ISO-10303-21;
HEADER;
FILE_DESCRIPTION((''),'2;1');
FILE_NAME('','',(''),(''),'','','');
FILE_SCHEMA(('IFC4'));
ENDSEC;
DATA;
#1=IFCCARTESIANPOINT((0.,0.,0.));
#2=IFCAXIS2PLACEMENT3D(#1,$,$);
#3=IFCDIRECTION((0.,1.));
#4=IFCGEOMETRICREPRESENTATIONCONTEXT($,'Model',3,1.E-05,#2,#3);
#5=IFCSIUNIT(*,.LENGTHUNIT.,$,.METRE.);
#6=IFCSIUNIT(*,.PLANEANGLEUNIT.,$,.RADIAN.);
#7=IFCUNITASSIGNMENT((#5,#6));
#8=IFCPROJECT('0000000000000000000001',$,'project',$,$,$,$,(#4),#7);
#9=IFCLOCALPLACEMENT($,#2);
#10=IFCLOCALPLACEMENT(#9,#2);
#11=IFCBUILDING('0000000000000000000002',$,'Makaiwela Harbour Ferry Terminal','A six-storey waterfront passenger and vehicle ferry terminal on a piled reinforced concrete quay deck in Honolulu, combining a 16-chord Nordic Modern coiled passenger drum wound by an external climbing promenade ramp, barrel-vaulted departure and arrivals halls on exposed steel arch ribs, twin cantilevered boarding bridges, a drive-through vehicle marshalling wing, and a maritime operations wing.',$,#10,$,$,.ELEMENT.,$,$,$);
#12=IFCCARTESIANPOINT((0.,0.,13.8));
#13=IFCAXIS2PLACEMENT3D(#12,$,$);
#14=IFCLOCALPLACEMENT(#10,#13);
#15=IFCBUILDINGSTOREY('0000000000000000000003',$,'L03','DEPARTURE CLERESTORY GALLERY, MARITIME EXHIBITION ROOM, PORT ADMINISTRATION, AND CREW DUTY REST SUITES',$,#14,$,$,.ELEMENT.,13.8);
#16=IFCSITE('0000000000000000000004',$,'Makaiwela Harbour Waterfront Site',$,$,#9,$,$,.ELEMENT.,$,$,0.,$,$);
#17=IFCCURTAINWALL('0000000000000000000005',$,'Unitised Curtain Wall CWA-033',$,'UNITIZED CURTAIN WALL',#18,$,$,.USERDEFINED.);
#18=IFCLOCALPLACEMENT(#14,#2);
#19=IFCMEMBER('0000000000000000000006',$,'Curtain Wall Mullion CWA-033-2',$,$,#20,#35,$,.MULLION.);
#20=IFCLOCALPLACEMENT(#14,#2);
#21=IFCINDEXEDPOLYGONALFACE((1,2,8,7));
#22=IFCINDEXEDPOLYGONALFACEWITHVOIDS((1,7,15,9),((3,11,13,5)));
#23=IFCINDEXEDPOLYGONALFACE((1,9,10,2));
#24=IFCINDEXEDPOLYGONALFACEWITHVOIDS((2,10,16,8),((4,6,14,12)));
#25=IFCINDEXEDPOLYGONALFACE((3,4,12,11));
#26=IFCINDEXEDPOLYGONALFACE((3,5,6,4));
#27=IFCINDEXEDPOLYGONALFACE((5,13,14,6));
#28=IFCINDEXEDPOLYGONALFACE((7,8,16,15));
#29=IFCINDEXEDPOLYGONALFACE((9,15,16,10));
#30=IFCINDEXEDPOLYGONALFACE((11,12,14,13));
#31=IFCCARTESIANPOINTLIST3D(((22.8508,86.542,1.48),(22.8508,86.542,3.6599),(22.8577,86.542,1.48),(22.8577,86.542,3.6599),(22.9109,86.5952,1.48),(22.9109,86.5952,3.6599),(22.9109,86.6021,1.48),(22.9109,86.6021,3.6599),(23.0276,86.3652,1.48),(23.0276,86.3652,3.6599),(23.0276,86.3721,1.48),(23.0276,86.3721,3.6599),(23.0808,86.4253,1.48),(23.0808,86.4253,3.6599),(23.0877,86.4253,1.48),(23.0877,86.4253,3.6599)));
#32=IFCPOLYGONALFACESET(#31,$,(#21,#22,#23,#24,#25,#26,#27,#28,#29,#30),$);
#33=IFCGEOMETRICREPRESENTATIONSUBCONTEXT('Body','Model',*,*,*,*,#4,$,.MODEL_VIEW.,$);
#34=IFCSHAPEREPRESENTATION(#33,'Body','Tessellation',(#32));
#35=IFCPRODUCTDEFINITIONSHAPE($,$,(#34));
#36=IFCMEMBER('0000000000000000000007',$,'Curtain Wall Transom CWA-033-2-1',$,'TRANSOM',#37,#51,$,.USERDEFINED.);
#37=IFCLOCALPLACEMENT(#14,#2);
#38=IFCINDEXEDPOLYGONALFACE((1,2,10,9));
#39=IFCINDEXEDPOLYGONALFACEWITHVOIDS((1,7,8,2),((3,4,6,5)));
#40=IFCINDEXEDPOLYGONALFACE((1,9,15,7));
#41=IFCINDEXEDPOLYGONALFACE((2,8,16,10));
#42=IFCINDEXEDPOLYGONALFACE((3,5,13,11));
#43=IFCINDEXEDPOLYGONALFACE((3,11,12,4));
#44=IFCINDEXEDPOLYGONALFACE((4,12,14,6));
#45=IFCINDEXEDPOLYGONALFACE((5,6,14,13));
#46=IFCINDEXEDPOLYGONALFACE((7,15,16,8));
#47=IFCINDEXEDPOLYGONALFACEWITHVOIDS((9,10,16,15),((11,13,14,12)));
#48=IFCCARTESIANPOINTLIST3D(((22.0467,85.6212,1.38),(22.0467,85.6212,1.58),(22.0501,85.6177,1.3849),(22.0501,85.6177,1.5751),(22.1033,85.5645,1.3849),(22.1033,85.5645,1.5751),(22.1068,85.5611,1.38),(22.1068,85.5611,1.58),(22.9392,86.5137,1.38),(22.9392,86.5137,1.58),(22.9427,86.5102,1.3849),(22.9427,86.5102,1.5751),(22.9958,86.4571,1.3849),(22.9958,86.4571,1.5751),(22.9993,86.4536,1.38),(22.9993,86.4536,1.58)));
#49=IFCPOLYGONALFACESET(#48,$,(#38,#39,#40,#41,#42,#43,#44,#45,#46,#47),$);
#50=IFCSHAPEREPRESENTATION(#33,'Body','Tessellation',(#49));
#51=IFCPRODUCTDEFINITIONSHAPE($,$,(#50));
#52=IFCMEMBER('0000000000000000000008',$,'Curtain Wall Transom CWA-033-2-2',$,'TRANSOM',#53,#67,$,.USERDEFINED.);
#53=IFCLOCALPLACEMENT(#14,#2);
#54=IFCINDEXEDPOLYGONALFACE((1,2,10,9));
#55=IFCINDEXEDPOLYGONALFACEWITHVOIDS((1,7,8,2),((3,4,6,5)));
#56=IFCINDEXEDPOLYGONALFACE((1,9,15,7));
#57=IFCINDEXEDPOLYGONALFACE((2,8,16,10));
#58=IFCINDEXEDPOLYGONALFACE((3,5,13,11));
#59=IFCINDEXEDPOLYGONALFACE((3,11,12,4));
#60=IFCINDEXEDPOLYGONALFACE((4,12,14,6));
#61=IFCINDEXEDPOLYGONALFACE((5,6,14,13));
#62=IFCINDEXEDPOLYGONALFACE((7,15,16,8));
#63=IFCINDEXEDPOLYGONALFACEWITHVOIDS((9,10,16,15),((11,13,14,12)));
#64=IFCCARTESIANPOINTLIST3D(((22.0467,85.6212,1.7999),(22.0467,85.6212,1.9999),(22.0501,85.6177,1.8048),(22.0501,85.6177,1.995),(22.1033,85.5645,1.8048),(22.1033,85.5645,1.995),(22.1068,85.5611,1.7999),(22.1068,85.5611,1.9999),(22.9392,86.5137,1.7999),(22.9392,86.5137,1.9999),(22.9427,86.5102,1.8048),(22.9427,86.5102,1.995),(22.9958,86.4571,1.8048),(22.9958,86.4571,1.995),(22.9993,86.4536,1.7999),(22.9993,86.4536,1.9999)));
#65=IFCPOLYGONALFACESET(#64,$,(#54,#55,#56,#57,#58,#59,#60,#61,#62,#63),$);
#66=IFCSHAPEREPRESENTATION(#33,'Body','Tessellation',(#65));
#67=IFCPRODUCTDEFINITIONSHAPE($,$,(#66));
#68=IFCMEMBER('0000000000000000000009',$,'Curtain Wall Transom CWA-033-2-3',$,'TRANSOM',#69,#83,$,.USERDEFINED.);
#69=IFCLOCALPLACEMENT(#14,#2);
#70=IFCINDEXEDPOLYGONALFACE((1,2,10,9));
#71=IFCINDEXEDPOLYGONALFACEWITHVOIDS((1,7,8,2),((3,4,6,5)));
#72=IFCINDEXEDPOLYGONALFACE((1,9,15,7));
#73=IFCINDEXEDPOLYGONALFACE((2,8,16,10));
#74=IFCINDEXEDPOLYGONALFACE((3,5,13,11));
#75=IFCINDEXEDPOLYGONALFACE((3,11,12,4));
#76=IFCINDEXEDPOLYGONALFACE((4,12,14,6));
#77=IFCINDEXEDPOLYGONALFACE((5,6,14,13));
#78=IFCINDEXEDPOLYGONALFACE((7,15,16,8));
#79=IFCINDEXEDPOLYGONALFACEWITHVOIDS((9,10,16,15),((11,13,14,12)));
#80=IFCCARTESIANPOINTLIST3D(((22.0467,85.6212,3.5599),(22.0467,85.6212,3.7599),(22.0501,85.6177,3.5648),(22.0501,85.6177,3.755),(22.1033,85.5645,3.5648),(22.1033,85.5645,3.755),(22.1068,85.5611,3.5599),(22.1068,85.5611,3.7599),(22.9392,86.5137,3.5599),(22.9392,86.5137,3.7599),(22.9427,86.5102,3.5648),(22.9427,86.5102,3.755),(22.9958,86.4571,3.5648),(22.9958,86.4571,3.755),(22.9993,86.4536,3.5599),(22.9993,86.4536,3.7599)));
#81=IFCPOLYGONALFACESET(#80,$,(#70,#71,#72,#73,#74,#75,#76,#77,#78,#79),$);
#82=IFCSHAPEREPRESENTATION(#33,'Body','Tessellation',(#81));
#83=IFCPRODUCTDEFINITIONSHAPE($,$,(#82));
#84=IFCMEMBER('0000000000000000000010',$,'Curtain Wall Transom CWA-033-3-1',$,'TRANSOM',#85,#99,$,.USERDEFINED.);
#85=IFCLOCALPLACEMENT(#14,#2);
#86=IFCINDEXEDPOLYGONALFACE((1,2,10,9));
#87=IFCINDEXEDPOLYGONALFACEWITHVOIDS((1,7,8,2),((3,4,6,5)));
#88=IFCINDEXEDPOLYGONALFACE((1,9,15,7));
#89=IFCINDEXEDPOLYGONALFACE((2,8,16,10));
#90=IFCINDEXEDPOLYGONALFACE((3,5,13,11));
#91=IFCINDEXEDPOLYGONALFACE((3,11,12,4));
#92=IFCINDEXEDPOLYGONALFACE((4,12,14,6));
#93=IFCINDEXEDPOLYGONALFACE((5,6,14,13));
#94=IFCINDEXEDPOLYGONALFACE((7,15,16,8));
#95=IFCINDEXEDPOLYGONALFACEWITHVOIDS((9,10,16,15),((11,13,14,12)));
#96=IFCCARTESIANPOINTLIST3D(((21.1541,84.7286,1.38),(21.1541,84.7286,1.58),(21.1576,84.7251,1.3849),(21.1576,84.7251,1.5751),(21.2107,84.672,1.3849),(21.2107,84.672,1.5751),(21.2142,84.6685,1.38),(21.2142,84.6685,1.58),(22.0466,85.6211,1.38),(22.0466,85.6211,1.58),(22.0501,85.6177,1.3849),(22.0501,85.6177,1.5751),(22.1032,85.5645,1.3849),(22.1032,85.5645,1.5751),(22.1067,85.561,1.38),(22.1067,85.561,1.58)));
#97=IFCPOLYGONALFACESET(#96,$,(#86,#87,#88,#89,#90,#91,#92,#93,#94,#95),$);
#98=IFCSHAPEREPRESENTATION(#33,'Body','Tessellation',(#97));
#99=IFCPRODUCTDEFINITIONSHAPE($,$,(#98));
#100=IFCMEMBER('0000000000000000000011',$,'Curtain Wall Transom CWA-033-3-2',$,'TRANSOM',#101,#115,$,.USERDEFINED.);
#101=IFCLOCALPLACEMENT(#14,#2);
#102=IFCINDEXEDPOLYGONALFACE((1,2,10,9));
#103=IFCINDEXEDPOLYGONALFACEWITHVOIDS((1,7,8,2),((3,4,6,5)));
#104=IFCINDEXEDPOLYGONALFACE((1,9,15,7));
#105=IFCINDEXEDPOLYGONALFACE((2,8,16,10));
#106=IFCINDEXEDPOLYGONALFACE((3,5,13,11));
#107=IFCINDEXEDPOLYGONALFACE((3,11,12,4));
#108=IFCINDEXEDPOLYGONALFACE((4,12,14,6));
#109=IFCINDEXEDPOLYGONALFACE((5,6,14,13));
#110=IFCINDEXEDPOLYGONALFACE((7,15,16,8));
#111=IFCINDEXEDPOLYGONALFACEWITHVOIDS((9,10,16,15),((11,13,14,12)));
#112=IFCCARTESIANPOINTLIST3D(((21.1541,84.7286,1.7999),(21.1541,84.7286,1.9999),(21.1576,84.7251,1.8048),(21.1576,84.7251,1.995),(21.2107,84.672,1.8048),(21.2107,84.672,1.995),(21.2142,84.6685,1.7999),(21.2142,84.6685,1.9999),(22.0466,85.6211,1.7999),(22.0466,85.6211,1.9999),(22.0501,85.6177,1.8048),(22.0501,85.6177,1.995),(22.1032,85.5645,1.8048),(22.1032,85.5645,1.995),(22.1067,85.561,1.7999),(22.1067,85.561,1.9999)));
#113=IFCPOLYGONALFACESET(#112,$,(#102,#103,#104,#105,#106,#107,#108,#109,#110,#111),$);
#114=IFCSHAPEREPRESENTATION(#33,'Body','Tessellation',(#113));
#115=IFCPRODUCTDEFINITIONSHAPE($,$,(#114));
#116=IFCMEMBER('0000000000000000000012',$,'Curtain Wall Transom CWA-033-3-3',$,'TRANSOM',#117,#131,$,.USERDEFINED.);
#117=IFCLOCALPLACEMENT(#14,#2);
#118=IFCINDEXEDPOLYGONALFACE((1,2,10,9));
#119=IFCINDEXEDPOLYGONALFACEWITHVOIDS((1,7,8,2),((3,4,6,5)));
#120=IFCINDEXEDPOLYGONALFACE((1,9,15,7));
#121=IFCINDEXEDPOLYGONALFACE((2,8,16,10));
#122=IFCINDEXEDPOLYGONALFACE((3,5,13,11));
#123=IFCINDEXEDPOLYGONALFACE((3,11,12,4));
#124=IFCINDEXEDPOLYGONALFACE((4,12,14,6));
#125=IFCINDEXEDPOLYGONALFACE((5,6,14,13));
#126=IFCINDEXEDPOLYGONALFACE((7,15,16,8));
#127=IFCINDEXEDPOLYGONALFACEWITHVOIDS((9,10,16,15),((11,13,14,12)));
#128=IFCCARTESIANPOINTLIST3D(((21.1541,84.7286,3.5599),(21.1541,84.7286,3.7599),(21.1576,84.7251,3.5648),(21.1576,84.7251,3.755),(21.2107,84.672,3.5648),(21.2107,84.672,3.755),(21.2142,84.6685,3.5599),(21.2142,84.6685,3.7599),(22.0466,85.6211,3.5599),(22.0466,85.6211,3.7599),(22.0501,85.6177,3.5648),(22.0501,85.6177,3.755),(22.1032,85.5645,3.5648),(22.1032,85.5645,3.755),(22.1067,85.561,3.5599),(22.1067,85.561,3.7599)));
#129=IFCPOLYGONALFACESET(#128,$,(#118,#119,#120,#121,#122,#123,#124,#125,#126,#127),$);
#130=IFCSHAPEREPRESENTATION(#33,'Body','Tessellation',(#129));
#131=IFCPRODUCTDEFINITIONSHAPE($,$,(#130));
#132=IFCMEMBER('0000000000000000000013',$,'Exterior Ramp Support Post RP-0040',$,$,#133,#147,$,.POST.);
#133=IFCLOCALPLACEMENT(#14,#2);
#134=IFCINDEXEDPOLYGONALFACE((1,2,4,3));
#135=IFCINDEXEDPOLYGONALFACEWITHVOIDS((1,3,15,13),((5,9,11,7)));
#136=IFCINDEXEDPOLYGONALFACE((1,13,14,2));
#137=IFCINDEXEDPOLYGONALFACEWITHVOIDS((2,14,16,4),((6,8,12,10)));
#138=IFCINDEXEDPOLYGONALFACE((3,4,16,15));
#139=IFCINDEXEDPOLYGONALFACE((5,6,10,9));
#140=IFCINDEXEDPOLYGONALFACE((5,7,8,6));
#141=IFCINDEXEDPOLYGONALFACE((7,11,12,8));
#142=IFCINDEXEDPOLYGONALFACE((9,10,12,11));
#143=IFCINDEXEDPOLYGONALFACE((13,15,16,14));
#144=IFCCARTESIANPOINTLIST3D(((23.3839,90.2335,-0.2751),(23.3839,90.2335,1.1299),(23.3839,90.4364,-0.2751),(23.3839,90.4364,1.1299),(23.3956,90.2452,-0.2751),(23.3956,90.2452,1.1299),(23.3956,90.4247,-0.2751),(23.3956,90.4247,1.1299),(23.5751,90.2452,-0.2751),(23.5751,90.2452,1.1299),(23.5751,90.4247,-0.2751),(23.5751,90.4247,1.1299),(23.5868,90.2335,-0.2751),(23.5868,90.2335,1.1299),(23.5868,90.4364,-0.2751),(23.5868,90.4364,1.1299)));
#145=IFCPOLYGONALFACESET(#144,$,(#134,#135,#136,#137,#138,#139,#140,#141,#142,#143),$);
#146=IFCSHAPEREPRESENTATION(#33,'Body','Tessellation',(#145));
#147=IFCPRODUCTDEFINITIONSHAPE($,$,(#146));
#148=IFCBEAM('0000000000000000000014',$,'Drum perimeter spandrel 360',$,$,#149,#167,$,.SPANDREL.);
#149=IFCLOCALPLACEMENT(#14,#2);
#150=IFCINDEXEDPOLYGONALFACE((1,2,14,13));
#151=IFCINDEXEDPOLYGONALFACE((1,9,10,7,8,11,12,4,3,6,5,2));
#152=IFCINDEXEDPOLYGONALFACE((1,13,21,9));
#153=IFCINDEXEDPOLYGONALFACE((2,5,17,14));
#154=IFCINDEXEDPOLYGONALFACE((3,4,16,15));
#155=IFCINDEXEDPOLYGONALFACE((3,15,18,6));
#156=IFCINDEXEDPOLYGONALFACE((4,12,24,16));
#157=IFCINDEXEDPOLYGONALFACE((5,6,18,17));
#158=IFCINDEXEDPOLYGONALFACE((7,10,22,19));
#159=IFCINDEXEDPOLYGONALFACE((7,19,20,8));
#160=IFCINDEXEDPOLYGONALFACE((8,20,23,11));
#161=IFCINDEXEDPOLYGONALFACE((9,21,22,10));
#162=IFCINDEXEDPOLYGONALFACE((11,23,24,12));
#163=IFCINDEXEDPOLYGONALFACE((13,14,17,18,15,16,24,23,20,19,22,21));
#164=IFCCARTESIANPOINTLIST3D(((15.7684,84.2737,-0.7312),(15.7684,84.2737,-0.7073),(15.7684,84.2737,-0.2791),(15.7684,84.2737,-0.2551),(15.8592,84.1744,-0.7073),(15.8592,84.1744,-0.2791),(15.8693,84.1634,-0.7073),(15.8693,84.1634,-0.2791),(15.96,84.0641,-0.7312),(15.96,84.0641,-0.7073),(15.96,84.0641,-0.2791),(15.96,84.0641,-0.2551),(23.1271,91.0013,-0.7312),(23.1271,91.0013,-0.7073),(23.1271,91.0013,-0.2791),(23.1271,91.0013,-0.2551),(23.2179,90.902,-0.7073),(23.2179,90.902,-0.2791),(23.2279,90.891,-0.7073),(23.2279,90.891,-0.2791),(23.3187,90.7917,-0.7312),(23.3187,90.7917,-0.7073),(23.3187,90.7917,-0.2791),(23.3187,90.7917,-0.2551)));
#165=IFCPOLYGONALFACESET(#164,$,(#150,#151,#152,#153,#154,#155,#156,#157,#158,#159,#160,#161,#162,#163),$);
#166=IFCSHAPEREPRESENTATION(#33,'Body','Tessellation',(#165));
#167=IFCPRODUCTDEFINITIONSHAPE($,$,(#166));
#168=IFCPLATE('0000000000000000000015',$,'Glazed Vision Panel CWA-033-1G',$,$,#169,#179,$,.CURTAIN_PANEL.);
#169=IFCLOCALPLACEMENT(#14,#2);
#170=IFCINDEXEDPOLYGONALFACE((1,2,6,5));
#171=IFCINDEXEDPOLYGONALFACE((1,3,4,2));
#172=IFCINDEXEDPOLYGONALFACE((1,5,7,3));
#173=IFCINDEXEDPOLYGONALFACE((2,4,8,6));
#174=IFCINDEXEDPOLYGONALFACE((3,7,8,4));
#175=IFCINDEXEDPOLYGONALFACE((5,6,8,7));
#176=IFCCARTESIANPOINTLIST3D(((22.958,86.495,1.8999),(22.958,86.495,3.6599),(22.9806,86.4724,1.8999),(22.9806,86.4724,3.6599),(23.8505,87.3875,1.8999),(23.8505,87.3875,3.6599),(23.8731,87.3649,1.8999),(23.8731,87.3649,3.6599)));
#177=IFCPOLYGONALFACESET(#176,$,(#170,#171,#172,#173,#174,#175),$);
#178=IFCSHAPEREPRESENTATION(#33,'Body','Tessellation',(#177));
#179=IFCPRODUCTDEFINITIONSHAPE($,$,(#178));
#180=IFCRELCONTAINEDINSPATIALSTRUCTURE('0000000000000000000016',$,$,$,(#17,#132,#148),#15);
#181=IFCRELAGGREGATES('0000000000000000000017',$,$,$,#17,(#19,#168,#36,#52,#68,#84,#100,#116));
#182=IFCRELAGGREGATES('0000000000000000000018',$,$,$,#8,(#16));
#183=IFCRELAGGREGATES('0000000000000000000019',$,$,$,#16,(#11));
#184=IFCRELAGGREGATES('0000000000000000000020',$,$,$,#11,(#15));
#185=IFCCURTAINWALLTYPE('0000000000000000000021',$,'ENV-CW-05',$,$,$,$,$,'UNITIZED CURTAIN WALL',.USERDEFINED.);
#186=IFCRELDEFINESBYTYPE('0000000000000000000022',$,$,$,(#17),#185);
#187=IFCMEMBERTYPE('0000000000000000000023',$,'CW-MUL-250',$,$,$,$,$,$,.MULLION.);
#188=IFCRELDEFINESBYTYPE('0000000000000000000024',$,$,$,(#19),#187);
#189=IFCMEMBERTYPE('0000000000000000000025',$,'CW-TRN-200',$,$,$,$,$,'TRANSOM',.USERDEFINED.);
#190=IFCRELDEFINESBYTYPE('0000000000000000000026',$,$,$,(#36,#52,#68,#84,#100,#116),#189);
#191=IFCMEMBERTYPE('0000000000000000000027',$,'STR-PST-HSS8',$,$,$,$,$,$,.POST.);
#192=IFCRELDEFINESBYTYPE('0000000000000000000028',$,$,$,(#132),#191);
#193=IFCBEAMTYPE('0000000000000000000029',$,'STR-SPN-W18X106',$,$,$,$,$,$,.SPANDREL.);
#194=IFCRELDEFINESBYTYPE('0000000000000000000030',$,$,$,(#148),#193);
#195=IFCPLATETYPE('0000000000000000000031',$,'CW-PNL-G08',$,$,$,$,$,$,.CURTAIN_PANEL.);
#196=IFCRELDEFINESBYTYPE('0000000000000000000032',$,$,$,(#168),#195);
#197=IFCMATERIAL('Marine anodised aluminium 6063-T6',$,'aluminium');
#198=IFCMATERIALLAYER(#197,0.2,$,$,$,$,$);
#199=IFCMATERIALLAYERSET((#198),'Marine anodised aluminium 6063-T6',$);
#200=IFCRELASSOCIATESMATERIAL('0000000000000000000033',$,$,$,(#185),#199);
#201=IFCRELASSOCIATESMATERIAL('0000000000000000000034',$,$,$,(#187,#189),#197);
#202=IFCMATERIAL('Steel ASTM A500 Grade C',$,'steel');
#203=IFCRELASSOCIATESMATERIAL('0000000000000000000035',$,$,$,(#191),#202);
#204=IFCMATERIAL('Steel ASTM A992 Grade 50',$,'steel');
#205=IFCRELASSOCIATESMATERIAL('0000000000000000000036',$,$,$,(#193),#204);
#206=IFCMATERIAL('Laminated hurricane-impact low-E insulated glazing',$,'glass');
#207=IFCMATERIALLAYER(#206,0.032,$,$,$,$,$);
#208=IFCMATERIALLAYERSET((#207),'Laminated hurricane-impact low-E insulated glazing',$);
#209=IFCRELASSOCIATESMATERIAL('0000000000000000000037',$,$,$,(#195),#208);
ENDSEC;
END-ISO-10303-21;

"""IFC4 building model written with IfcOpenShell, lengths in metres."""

from ifc_helpers import new_model, si_unit, direction, frame, origin, origin_2d, place, context, subcontext, project, spatial, rectangle, hollow_rectangle, i_section, extrude, material, layer, layer_set, material_profile, profile_set, type_object, element, aggregate, save


model = new_model("IFC4")

# Units and contexts
model_context = context("Model", 3, precision=1e-05, world=origin(), true_north=direction((0.0, 1.0)))
body_context = subcontext(model_context, "Body", "Model", "MODEL_VIEW")
ifc_project = project(units=[si_unit("LENGTHUNIT", "METRE"), si_unit("PLANEANGLEUNIT", "RADIAN")], contexts=[model_context])

# Site, building, storey
site_placement = place(None, origin())
site = spatial("IfcSite", under=ifc_project, at=site_placement, Name="Makaiwela Harbour Waterfront Site", CompositionType="ELEMENT", RefElevation=0.0)
building_placement = place(site_placement, origin())
building = spatial("IfcBuilding", under=site, at=building_placement, Name="Makaiwela Harbour Ferry Terminal", Description="A six-storey waterfront passenger and vehicle ferry terminal on a piled reinforced concrete quay deck in Honolulu, combining a 16-chord Nordic Modern coiled passenger drum wound by an external climbing promenade ramp, barrel-vaulted departure and arrivals halls on exposed steel arch ribs, twin cantilevered boarding bridges, a drive-through vehicle marshalling wing, and a maritime operations wing.", CompositionType="ELEMENT")
storey_placement = place(building_placement, frame((0.0, 0.0, 13.8)))
storey = spatial("IfcBuildingStorey", under=building, at=storey_placement, Name="L03", Description="DEPARTURE CLERESTORY GALLERY, MARITIME EXHIBITION ROOM, PORT ADMINISTRATION, AND CREW DUTY REST SUITES", CompositionType="ELEMENT", Elevation=13.8)

# Curtain wall, members
ifc_material_1 = material(Name="Marine anodised aluminium 6063-T6", Category="aluminium")
ifc_layer_1 = layer(ifc_material_1, 0.2)
ifc_layer_set_1 = layer_set([ifc_layer_1], Name="Marine anodised aluminium 6063-T6")
curtain_wall_type = type_object("IfcCurtainWallType", Name="ENV-CW-05", ElementType="UNITIZED CURTAIN WALL", PredefinedType="USERDEFINED", material=ifc_layer_set_1)
curtain_wall_placement = place(storey_placement, origin())
curtain_wall = element("IfcCurtainWall", 1, at=curtain_wall_placement, inside=storey, type_object=curtain_wall_type, Name="Unitised Curtain Wall CWA-033", ObjectType="UNITIZED CURTAIN WALL", PredefinedType="USERDEFINED")
ifc_material_profile_1 = material_profile(ifc_material_1, hollow_rectangle(XDim=0.085, YDim=0.25, WallThickness=0.0049, at=origin_2d()), Name="CWM-250X85")
ifc_profile_set_1 = profile_set([ifc_material_profile_1], Name="Marine anodised aluminium 6063-T6")
member_type_1 = type_object("IfcMemberType", Name="CW-MUL-250", PredefinedType="MULLION", material=ifc_profile_set_1)
member_1_placement = place(storey_placement, frame((22.9692, 86.4836, 1.48), z_axis=(0.0, 0.0, 1.0), x_axis=(0.707107, 0.707107, 0.0)))
member_1 = element("IfcMember", 2, at=member_1_placement, type_object=member_type_1, Name="Curtain Wall Mullion CWA-033-2", PredefinedType="MULLION", context=body_context, shape_type="SweptSolid", body=[
    extrude(hollow_rectangle(XDim=0.085, YDim=0.25, WallThickness=0.0049, at=origin_2d()), origin(), (0.0, 0.0, 1.0), 2.1799),
])
ifc_material_profile_2 = material_profile(ifc_material_1, hollow_rectangle(XDim=0.085, YDim=0.2, WallThickness=0.0049, at=origin_2d()), Name="CWT-200X85")
ifc_profile_set_2 = profile_set([ifc_material_profile_2], Name="Marine anodised aluminium 6063-T6")
member_type_2 = type_object("IfcMemberType", Name="CW-TRN-200", ElementType="TRANSOM", PredefinedType="USERDEFINED", material=ifc_profile_set_2)
member_2_placement = place(storey_placement, frame((22.9692, 86.4836, 1.48), z_axis=(-0.707107, -0.707107, 0.0), x_axis=(0.707107, -0.707107, 0.0)))
member_2 = element("IfcMember", 3, at=member_2_placement, type_object=member_type_2, Name="Curtain Wall Transom CWA-033-2-1", ObjectType="TRANSOM", PredefinedType="USERDEFINED", context=body_context, shape_type="SweptSolid", body=[
    extrude(hollow_rectangle(XDim=0.085, YDim=0.2, WallThickness=0.0049, at=origin_2d()), origin(), (0.0, 0.0, 1.0), 1.2622),
])
member_3_placement = place(storey_placement, frame((22.9692, 86.4836, 1.8999), z_axis=(-0.707107, -0.707107, 0.0), x_axis=(0.707107, -0.707107, 0.0)))
member_3 = element("IfcMember", 4, at=member_3_placement, type_object=member_type_2, Name="Curtain Wall Transom CWA-033-2-2", ObjectType="TRANSOM", PredefinedType="USERDEFINED", context=body_context, shape_type="SweptSolid", body=[
    extrude(hollow_rectangle(XDim=0.085, YDim=0.2, WallThickness=0.0049, at=origin_2d()), origin(), (0.0, 0.0, 1.0), 1.2622),
])
member_4_placement = place(storey_placement, frame((22.9692, 86.4836, 3.6599), z_axis=(-0.707107, -0.707107, 0.0), x_axis=(0.707107, -0.707107, 0.0)))
member_4 = element("IfcMember", 5, at=member_4_placement, type_object=member_type_2, Name="Curtain Wall Transom CWA-033-2-3", ObjectType="TRANSOM", PredefinedType="USERDEFINED", context=body_context, shape_type="SweptSolid", body=[
    extrude(hollow_rectangle(XDim=0.085, YDim=0.2, WallThickness=0.0049, at=origin_2d()), origin(), (0.0, 0.0, 1.0), 1.2622),
])
member_5_placement = place(storey_placement, frame((22.0767, 85.5911, 1.48), z_axis=(-0.707107, -0.707107, 0.0), x_axis=(0.707107, -0.707107, 0.0)))
member_5 = element("IfcMember", 6, at=member_5_placement, type_object=member_type_2, Name="Curtain Wall Transom CWA-033-3-1", ObjectType="TRANSOM", PredefinedType="USERDEFINED", context=body_context, shape_type="SweptSolid", body=[
    extrude(hollow_rectangle(XDim=0.085, YDim=0.2, WallThickness=0.0049, at=origin_2d()), origin(), (0.0, 0.0, 1.0), 1.2622),
])
member_6_placement = place(storey_placement, frame((22.0767, 85.5911, 1.8999), z_axis=(-0.707107, -0.707107, 0.0), x_axis=(0.707107, -0.707107, 0.0)))
member_6 = element("IfcMember", 7, at=member_6_placement, type_object=member_type_2, Name="Curtain Wall Transom CWA-033-3-2", ObjectType="TRANSOM", PredefinedType="USERDEFINED", context=body_context, shape_type="SweptSolid", body=[
    extrude(hollow_rectangle(XDim=0.085, YDim=0.2, WallThickness=0.0049, at=origin_2d()), origin(), (0.0, 0.0, 1.0), 1.2622),
])
member_7_placement = place(storey_placement, frame((22.0767, 85.5911, 3.6599), z_axis=(-0.707107, -0.707107, 0.0), x_axis=(0.707107, -0.707107, 0.0)))
member_7 = element("IfcMember", 8, at=member_7_placement, type_object=member_type_2, Name="Curtain Wall Transom CWA-033-3-3", ObjectType="TRANSOM", PredefinedType="USERDEFINED", context=body_context, shape_type="SweptSolid", body=[
    extrude(hollow_rectangle(XDim=0.085, YDim=0.2, WallThickness=0.0049, at=origin_2d()), origin(), (0.0, 0.0, 1.0), 1.2622),
])

# Member
ifc_material_2 = material(Name="Steel ASTM A500 Grade C", Category="steel")
ifc_material_profile_3 = material_profile(ifc_material_2, hollow_rectangle(XDim=0.2029, YDim=0.2029, WallThickness=0.0117, at=origin_2d()), Name="HSS8X8X1/2")
ifc_profile_set_3 = profile_set([ifc_material_profile_3], Name="Steel ASTM A500 Grade C")
member_type_3 = type_object("IfcMemberType", Name="STR-PST-HSS8", PredefinedType="POST", material=ifc_profile_set_3)
member_8_placement = place(storey_placement, frame((23.4854, 90.335, -0.2751), z_axis=(0.0, 0.0, 1.0), x_axis=(1.0, 0.0, 0.0)))
element("IfcMember", 9, at=member_8_placement, inside=storey, type_object=member_type_3, Name="Exterior Ramp Support Post RP-0040", PredefinedType="POST", context=body_context, shape_type="SweptSolid", body=[
    extrude(hollow_rectangle(XDim=0.2029, YDim=0.2029, WallThickness=0.0117, at=origin_2d()), origin(), (0.0, 0.0, 1.0), 1.405),
])

# Beam
ifc_material_3 = material(Name="Steel ASTM A992 Grade 50", Category="steel")
ifc_material_profile_4 = material_profile(ifc_material_3, i_section(OverallWidth=0.2839, OverallDepth=0.4761, WebThickness=0.0149, FlangeThickness=0.0239, at=origin_2d()), Name="W18X106")
ifc_profile_set_4 = profile_set([ifc_material_profile_4], Name="Steel ASTM A992 Grade 50")
beam_type = type_object("IfcBeamType", Name="STR-SPN-W18X106", PredefinedType="SPANDREL", material=ifc_profile_set_4)
beam_placement = place(storey_placement, frame((23.2229, 90.8965, -0.4932), z_axis=(-0.738047, -0.674749, 0.0), x_axis=(0.674749, -0.738047, 0.0)))
element("IfcBeam", 10, at=beam_placement, inside=storey, type_object=beam_type, Name="Drum perimeter spandrel 360", PredefinedType="SPANDREL", context=body_context, shape_type="SweptSolid", body=[
    extrude(i_section(OverallWidth=0.2839, OverallDepth=0.4761, WebThickness=0.0149, FlangeThickness=0.0239, at=origin_2d()), origin(), (0.0, 0.0, 1.0), 9.9705),
])

# Plate
ifc_material_4 = material(Name="Laminated hurricane-impact low-E insulated glazing", Category="glass")
ifc_layer_2 = layer(ifc_material_4, 0.032)
ifc_layer_set_2 = layer_set([ifc_layer_2], Name="Laminated hurricane-impact low-E insulated glazing")
plate_type_1 = type_object("IfcPlateType", Name="CW-PNL-G08", PredefinedType="CURTAIN_PANEL", material=ifc_layer_set_2)
plate_1_placement = place(storey_placement, frame((23.4155, 86.9299, 1.8999), z_axis=(0.0, 0.0, 1.0), x_axis=(-0.707107, -0.707107, 0.0)))
plate_1 = element("IfcPlate", 11, at=plate_1_placement, type_object=plate_type_1, Name="Glazed Vision Panel CWA-033-1G", PredefinedType="CURTAIN_PANEL", context=body_context, shape_type="SweptSolid", body=[
    extrude(rectangle(XDim=1.2622, YDim=0.032, at=origin_2d()), origin(), (0.0, 0.0, 1.0), 1.76),
])
aggregate(curtain_wall, [member_1, plate_1, member_2, member_3, member_4, member_5, member_6, member_7])

save(model, "model.ifc")
